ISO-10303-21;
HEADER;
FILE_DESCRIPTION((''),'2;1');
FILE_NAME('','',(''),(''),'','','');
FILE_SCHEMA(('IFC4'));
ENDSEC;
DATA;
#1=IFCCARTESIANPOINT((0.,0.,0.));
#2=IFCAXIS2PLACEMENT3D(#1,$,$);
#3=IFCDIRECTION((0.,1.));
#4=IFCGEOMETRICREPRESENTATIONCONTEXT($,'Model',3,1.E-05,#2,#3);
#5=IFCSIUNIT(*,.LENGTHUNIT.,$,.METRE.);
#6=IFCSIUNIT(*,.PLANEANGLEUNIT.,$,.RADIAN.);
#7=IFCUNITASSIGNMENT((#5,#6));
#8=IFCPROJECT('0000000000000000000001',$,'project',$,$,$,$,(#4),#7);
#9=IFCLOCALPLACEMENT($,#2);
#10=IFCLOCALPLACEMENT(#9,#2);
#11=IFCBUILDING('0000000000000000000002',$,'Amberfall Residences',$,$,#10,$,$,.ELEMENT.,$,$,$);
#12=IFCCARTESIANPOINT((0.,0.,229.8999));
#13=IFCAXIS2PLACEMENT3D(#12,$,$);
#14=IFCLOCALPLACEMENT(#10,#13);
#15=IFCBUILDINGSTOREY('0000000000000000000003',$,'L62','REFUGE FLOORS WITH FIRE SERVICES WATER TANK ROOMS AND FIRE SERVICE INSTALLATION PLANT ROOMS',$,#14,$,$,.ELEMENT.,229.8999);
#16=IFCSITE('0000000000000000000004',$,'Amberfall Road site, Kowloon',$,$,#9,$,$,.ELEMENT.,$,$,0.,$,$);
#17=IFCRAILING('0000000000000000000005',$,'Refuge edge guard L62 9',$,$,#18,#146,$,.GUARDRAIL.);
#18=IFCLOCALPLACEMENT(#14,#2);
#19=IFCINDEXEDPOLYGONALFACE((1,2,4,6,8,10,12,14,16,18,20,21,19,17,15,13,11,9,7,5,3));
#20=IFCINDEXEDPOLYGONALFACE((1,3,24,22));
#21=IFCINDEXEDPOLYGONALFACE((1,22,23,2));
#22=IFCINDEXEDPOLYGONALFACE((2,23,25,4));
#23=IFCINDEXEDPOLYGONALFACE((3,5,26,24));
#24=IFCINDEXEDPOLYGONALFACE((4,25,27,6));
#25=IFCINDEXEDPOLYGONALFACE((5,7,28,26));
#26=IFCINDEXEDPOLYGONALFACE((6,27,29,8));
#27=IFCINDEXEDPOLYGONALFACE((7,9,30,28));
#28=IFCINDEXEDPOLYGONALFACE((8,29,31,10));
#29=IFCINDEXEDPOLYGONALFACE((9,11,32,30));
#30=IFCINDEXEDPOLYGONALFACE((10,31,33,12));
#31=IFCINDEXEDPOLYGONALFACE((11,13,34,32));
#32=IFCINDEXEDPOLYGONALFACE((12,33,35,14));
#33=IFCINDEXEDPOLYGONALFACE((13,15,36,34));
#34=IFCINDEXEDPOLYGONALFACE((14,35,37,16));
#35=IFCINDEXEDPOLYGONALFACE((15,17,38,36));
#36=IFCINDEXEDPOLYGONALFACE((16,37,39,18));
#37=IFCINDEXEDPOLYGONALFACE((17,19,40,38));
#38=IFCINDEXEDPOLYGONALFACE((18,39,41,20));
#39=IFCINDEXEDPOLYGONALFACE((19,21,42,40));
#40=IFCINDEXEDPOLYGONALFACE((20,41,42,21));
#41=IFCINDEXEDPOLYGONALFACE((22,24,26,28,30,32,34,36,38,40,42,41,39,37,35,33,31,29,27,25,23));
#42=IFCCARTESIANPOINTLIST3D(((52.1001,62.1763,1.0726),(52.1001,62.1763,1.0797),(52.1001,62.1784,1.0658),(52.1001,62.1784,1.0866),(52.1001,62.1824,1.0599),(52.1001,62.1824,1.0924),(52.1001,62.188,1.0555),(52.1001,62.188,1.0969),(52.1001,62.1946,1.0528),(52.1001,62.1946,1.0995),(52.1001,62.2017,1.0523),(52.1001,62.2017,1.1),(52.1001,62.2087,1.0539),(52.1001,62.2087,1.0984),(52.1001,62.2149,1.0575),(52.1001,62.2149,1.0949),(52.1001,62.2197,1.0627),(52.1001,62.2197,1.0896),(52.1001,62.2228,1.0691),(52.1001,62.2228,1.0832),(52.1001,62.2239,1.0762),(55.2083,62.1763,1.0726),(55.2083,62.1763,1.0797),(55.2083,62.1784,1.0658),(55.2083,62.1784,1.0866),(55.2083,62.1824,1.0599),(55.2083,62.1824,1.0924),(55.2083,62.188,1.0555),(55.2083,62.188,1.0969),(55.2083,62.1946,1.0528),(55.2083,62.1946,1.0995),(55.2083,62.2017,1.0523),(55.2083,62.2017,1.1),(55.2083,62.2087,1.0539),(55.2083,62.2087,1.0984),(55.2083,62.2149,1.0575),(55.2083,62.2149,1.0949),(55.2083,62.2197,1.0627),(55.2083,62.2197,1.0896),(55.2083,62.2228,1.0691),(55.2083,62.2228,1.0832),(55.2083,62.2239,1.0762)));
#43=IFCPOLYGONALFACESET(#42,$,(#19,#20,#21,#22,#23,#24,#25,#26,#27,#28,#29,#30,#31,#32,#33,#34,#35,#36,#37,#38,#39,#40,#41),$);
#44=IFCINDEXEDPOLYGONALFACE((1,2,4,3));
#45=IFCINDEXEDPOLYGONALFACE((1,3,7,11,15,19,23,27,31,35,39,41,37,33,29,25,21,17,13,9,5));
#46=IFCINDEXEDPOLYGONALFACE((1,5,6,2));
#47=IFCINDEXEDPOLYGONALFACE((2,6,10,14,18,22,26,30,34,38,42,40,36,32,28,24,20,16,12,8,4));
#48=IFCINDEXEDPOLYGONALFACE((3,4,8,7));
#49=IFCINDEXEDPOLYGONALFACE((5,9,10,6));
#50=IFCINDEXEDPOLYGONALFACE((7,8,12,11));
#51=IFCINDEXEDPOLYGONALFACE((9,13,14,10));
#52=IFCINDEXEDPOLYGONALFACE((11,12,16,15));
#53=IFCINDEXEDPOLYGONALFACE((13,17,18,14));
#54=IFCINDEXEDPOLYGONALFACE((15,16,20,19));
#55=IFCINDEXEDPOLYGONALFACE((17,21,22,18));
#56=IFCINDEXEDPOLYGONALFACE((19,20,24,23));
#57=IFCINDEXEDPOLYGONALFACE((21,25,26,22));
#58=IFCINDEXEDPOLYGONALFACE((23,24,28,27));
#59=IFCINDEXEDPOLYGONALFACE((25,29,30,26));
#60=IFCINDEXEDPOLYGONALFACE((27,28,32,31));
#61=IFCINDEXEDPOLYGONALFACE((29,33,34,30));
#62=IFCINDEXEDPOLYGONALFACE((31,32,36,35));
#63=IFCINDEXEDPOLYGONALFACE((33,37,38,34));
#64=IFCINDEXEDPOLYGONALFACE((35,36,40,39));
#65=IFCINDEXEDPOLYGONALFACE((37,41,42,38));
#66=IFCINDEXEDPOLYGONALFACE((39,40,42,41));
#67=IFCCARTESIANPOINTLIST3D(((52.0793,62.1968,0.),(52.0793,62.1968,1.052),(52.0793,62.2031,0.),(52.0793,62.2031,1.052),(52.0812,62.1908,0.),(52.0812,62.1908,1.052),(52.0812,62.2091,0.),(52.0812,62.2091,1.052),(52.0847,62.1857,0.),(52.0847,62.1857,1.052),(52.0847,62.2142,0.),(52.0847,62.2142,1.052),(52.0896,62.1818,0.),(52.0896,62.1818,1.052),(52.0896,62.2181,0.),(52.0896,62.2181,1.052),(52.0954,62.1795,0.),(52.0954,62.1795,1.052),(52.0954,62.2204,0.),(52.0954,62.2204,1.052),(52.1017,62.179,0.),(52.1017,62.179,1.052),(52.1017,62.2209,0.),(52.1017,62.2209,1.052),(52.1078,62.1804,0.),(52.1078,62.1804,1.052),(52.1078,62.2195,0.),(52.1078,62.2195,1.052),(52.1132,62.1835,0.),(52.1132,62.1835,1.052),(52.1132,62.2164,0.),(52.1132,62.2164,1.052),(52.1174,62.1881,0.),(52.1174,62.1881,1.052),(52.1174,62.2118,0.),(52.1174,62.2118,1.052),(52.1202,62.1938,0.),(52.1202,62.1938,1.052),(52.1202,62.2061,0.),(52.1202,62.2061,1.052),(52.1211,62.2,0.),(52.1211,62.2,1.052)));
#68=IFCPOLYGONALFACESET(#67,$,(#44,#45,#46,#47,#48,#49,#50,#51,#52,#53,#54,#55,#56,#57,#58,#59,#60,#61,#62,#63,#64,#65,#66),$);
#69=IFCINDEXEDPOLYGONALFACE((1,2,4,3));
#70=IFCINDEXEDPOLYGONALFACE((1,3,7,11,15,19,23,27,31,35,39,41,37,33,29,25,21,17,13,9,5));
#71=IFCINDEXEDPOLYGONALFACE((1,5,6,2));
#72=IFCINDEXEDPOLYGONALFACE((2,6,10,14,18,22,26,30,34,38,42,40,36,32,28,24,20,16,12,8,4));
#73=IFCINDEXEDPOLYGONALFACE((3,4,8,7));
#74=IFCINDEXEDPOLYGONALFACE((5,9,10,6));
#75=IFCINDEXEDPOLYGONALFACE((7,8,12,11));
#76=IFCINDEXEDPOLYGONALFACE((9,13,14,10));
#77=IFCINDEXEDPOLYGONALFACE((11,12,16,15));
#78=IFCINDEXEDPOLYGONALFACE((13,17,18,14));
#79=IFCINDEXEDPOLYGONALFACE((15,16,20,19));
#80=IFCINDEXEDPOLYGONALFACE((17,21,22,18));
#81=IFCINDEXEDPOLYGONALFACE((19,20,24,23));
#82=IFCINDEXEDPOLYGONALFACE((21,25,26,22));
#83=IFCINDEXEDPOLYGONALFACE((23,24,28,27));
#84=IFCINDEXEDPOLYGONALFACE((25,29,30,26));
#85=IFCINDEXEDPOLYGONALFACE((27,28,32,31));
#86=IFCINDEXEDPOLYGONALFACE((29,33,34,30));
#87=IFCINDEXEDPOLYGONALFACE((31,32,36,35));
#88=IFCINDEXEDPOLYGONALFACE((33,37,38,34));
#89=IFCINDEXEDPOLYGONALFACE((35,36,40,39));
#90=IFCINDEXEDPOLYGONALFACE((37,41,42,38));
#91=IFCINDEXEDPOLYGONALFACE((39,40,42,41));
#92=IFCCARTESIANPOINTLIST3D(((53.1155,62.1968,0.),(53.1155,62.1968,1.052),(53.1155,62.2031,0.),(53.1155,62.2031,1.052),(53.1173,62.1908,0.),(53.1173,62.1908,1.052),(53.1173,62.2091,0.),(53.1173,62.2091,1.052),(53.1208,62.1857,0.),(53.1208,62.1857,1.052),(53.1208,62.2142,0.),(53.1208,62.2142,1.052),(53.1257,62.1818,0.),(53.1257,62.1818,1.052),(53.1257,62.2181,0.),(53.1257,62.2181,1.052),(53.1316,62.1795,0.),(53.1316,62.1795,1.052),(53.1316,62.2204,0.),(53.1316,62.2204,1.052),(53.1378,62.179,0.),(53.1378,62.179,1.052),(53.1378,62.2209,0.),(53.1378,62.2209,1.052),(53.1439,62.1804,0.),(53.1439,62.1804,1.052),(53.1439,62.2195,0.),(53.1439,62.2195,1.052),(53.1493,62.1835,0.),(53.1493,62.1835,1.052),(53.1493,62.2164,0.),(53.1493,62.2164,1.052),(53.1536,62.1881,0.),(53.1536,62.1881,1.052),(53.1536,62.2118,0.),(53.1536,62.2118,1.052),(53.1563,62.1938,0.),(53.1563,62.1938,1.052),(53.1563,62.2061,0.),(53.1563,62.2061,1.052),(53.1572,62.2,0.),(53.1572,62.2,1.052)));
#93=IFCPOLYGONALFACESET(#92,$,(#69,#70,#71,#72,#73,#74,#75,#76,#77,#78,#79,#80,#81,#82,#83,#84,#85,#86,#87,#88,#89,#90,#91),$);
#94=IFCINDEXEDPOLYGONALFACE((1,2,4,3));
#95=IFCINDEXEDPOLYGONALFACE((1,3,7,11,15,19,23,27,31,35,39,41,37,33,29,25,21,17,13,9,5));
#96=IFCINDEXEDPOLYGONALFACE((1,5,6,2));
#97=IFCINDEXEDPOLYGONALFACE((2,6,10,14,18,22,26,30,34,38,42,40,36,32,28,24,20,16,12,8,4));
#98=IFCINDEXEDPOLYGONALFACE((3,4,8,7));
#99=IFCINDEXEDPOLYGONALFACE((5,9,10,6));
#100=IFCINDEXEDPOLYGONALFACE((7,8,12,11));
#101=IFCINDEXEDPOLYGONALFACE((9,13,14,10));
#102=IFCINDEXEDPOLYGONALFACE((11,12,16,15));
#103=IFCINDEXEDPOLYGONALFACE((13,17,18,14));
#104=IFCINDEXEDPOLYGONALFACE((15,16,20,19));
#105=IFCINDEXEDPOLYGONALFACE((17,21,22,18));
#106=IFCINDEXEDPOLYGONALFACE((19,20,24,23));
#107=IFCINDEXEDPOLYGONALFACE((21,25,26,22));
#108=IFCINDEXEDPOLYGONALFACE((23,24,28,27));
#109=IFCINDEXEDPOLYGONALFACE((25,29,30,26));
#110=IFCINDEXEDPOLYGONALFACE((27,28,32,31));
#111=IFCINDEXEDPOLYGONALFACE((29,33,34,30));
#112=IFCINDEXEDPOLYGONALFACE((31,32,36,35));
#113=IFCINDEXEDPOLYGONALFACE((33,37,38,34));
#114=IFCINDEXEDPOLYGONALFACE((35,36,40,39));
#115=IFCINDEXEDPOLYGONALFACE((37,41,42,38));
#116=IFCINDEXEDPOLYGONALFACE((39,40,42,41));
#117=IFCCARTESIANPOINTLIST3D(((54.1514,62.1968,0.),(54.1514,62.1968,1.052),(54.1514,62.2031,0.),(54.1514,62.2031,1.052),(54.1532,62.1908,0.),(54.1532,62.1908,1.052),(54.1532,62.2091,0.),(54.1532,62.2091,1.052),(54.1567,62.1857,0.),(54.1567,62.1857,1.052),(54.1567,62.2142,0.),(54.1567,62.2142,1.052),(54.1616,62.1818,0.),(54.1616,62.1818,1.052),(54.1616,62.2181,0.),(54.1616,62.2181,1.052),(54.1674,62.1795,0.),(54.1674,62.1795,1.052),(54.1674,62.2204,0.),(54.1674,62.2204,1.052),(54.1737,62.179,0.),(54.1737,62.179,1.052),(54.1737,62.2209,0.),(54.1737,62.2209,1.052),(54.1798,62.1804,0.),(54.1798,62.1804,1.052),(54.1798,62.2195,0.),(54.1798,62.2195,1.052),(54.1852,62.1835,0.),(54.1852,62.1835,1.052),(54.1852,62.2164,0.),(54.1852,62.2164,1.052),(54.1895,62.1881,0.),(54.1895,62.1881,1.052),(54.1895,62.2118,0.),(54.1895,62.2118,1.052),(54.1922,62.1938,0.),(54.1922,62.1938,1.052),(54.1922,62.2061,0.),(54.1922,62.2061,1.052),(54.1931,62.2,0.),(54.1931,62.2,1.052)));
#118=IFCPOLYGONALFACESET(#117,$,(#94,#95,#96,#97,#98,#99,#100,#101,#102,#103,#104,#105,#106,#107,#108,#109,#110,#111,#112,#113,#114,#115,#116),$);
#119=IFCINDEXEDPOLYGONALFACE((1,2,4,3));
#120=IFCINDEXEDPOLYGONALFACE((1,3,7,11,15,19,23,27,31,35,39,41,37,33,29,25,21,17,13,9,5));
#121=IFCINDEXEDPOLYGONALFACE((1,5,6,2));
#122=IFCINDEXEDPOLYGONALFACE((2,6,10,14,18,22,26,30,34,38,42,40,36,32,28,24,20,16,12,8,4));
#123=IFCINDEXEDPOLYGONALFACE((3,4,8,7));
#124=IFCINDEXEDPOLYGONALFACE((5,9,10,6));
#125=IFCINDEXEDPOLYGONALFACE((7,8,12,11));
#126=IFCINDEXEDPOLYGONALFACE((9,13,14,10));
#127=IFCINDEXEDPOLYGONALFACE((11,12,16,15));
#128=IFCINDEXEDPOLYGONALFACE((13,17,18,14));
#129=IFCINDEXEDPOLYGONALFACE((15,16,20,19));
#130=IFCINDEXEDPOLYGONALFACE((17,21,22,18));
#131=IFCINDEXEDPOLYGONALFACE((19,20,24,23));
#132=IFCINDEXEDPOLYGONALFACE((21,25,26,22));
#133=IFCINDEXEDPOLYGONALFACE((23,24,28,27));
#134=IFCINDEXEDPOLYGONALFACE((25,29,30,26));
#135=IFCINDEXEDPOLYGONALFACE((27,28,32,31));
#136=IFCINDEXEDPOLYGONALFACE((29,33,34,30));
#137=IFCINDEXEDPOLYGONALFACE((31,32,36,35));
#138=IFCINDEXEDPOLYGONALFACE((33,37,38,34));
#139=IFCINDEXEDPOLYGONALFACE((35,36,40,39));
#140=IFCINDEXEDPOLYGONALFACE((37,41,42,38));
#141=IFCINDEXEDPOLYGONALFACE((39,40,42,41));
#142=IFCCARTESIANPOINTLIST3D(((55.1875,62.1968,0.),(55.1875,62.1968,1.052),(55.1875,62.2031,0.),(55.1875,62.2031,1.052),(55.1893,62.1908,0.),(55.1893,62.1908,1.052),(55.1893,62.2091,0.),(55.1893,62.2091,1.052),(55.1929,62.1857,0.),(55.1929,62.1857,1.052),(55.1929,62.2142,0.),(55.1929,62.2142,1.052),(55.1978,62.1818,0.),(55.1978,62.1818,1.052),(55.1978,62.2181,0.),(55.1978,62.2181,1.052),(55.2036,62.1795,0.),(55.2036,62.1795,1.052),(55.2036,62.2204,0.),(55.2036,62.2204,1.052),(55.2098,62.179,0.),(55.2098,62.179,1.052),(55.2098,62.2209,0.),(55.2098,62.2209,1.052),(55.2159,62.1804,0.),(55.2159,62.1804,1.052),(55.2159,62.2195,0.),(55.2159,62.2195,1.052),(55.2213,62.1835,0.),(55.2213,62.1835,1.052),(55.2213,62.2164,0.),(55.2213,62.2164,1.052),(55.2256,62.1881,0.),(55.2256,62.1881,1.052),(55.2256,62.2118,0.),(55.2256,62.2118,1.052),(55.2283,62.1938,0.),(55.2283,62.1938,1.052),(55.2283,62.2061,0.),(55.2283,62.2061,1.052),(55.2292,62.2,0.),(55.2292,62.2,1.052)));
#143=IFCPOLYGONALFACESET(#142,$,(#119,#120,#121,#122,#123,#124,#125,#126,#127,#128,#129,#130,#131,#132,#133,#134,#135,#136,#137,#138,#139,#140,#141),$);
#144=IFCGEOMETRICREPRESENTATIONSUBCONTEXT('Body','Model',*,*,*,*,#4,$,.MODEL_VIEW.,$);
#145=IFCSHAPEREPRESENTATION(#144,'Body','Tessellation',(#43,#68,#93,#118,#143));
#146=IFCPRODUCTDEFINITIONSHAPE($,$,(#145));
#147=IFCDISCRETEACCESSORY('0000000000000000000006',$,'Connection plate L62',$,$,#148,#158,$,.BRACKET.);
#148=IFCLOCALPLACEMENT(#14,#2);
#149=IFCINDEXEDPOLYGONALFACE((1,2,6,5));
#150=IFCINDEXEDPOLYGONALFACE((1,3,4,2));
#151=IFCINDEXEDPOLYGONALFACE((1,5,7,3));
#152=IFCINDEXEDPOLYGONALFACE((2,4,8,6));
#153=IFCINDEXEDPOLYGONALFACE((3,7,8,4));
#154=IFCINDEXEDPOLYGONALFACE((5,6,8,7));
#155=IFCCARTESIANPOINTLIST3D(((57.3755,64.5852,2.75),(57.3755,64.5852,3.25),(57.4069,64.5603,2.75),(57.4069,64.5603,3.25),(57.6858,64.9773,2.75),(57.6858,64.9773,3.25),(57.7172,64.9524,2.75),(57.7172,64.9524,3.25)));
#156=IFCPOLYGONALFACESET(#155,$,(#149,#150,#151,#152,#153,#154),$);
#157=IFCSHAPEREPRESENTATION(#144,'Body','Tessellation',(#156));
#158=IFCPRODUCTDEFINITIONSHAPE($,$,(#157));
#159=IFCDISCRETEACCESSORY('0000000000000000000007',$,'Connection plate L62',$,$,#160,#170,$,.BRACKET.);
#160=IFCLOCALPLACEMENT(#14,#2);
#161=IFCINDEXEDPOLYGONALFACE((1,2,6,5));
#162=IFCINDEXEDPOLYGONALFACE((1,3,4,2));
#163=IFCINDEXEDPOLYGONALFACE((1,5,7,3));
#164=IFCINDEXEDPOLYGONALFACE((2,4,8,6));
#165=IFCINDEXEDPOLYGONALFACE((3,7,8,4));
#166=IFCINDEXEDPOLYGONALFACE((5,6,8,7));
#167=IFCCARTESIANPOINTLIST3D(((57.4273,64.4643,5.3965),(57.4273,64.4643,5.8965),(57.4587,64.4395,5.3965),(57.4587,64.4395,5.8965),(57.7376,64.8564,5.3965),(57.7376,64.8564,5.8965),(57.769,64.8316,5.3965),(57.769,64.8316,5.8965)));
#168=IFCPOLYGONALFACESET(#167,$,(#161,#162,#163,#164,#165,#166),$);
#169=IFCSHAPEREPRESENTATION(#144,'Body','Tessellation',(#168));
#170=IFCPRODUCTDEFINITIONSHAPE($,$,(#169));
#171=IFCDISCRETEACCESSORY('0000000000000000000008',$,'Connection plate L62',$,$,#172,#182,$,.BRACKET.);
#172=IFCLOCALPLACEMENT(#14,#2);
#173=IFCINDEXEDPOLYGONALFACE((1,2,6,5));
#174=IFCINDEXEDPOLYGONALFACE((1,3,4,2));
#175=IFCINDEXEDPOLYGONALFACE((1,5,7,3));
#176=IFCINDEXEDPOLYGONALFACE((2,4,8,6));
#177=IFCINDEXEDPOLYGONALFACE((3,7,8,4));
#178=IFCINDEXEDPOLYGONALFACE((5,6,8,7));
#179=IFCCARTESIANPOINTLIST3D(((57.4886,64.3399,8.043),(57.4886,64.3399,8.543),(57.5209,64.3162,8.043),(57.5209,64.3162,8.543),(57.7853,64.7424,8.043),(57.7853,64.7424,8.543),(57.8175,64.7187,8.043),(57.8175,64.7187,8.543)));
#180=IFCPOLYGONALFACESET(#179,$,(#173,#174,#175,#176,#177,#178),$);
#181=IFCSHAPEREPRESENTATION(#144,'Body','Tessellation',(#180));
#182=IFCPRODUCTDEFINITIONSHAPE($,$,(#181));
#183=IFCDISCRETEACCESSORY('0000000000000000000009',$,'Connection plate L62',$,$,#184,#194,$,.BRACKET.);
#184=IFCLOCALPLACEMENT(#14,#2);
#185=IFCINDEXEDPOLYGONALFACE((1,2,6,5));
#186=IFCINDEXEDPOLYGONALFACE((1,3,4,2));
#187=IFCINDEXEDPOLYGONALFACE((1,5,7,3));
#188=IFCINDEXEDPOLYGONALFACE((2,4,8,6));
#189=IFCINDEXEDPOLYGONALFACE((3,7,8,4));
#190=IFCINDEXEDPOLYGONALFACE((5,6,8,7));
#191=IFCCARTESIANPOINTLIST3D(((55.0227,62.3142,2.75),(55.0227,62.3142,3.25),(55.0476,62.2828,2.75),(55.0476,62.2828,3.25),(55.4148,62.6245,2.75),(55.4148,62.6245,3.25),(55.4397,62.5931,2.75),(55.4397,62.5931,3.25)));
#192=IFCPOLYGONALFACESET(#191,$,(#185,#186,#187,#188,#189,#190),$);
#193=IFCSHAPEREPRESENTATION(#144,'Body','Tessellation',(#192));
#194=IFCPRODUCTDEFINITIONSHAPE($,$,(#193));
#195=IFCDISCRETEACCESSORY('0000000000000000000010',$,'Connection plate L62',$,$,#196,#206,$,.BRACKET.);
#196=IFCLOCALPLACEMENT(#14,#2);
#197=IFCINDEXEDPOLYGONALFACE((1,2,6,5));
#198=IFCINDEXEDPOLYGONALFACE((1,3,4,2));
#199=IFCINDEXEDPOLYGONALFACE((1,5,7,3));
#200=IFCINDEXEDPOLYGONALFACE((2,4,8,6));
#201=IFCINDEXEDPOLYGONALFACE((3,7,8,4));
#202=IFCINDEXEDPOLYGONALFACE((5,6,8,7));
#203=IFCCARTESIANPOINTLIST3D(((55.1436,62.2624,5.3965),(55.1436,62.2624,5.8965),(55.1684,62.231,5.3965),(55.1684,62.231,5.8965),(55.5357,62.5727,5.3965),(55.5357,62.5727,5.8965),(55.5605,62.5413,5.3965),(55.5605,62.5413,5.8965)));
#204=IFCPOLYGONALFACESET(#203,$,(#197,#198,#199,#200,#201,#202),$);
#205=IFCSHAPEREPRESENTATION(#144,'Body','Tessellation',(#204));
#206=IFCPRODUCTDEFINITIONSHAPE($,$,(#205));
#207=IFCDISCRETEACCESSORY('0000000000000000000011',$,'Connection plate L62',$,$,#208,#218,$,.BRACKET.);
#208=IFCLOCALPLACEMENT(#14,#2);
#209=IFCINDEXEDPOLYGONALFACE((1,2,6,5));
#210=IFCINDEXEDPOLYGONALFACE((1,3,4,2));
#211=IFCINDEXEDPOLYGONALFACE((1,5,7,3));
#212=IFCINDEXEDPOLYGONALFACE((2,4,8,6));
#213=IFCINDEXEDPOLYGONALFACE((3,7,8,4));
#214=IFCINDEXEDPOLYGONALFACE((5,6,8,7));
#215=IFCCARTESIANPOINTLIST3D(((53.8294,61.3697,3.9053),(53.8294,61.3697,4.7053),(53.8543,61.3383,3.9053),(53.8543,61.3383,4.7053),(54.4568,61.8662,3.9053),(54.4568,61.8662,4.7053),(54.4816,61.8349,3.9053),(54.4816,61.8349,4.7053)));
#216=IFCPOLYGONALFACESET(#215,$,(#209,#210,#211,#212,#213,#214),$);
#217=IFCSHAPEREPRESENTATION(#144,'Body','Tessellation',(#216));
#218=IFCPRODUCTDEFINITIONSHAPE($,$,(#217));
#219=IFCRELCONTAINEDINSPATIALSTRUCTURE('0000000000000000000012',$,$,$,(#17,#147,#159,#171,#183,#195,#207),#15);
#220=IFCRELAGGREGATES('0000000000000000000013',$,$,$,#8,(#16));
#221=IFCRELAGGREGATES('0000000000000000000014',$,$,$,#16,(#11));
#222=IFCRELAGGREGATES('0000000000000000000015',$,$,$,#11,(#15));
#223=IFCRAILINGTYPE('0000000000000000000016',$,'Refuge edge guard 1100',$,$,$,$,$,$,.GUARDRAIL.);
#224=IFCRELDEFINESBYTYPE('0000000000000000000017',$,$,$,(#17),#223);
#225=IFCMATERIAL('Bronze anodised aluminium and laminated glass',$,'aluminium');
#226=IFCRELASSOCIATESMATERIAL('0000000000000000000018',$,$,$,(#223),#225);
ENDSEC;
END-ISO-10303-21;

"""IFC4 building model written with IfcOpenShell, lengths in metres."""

from ifc_helpers import new_model, si_unit, direction, frame, origin, origin_2d, place, context, subcontext, project, spatial, rectangle, circle, extrude, material, type_object, element, save


model = new_model("IFC4")

# Units and contexts
model_context = context("Model", 3, precision=1e-05, world=origin(), true_north=direction((0.0, 1.0)))
body_context = subcontext(model_context, "Body", "Model", "MODEL_VIEW")
ifc_project = project(units=[si_unit("LENGTHUNIT", "METRE"), si_unit("PLANEANGLEUNIT", "RADIAN")], contexts=[model_context])

# Site, building, storey
site_placement = place(None, origin())
site = spatial("IfcSite", under=ifc_project, at=site_placement, Name="Amberfall Road site, Kowloon", CompositionType="ELEMENT", RefElevation=0.0)
building_placement = place(site_placement, origin())
building = spatial("IfcBuilding", under=site, at=building_placement, Name="Amberfall Residences", CompositionType="ELEMENT")
storey_placement = place(building_placement, frame((0.0, 0.0, 229.8999)))
storey = spatial("IfcBuildingStorey", under=building, at=storey_placement, Name="L62", Description="REFUGE FLOORS WITH FIRE SERVICES WATER TANK ROOMS AND FIRE SERVICE INSTALLATION PLANT ROOMS", CompositionType="ELEMENT", Elevation=229.8999)

# Railing
ifc_material_1 = material(Name="Bronze anodised aluminium and laminated glass", Category="aluminium")
railing_type = type_object("IfcRailingType", Name="Refuge edge guard 1100", PredefinedType="GUARDRAIL", material=ifc_material_1)
railing_placement = place(storey_placement, frame((52.1001, 62.2, 0.0)))
element("IfcRailing", 1, at=railing_placement, inside=storey, type_object=railing_type, Name="Refuge edge guard L62 9", PredefinedType="GUARDRAIL", context=body_context, shape_type="SweptSolid", body=[
    extrude(circle(Radius=0.0239, at=origin_2d()), frame((0.0, 0.0, 1.0762), z_axis=(1.0, 0.0, 0.0), x_axis=(0.0, 1.0, 0.0)), (0.0, 0.0, 1.0), 3.1082),
    extrude(circle(Radius=0.021, at=origin_2d()), origin(), (0.0, 0.0, 1.0), 1.052),
    extrude(circle(Radius=0.021, at=origin_2d()), frame((1.0361, 0.0, 0.0)), (0.0, 0.0, 1.0), 1.052),
    extrude(circle(Radius=0.021, at=origin_2d()), frame((2.072, 0.0, 0.0)), (0.0, 0.0, 1.0), 1.052),
    extrude(circle(Radius=0.021, at=origin_2d()), frame((3.1082, 0.0, 0.0)), (0.0, 0.0, 1.0), 1.052),
])

# Discrete accessories
for number, where, z_axis, x_axis, name in (
    (2, (57.5464, 64.7688, 2.75), (0.0, 0.0, 1.0), (0.620601, 0.784127, 0.0), "Connection plate L62"),
    (3, (57.5981, 64.6479, 5.3965), (0.0, 0.0, 1.0), (0.620601, 0.784127, 0.0), "Connection plate L62"),
    (4, (57.6531, 64.5293, 8.043), (0.0, 0.0, 1.0), (0.593292, 0.804987, 0.0), "Connection plate L62"),
    (5, (55.2312, 62.4536, 2.75), (0.0, 0.0, 1.0), (-0.784127, -0.620601, 0.0), "Connection plate L62"),
    (6, (55.3521, 62.4019, 5.3965), (0.0, 0.0, 1.0), (-0.784127, -0.620601, 0.0), "Connection plate L62"),
):
    element("IfcDiscreteAccessory", number, at=place(storey_placement, frame(where, z_axis=z_axis, x_axis=x_axis)), inside=storey, Name=name, PredefinedType="BRACKET", context=body_context, shape_type="SweptSolid", body=[
        extrude(rectangle(XDim=0.5, YDim=0.04, at=origin_2d()), origin(), (0.0, 0.0, 1.0), 0.5),
    ])
discrete_accessory_1_placement = place(storey_placement, frame((54.1555, 61.6023, 3.9053), z_axis=(0.0, 0.0, 1.0), x_axis=(-0.784127, -0.620601, 0.0)))
element("IfcDiscreteAccessory", 7, at=discrete_accessory_1_placement, inside=storey, Name="Connection plate L62", PredefinedType="BRACKET", context=body_context, shape_type="SweptSolid", body=[
    extrude(rectangle(XDim=0.8, YDim=0.04, at=origin_2d()), origin(), (0.0, 0.0, 1.0), 0.8),
])

save(model, "model.ifc")
